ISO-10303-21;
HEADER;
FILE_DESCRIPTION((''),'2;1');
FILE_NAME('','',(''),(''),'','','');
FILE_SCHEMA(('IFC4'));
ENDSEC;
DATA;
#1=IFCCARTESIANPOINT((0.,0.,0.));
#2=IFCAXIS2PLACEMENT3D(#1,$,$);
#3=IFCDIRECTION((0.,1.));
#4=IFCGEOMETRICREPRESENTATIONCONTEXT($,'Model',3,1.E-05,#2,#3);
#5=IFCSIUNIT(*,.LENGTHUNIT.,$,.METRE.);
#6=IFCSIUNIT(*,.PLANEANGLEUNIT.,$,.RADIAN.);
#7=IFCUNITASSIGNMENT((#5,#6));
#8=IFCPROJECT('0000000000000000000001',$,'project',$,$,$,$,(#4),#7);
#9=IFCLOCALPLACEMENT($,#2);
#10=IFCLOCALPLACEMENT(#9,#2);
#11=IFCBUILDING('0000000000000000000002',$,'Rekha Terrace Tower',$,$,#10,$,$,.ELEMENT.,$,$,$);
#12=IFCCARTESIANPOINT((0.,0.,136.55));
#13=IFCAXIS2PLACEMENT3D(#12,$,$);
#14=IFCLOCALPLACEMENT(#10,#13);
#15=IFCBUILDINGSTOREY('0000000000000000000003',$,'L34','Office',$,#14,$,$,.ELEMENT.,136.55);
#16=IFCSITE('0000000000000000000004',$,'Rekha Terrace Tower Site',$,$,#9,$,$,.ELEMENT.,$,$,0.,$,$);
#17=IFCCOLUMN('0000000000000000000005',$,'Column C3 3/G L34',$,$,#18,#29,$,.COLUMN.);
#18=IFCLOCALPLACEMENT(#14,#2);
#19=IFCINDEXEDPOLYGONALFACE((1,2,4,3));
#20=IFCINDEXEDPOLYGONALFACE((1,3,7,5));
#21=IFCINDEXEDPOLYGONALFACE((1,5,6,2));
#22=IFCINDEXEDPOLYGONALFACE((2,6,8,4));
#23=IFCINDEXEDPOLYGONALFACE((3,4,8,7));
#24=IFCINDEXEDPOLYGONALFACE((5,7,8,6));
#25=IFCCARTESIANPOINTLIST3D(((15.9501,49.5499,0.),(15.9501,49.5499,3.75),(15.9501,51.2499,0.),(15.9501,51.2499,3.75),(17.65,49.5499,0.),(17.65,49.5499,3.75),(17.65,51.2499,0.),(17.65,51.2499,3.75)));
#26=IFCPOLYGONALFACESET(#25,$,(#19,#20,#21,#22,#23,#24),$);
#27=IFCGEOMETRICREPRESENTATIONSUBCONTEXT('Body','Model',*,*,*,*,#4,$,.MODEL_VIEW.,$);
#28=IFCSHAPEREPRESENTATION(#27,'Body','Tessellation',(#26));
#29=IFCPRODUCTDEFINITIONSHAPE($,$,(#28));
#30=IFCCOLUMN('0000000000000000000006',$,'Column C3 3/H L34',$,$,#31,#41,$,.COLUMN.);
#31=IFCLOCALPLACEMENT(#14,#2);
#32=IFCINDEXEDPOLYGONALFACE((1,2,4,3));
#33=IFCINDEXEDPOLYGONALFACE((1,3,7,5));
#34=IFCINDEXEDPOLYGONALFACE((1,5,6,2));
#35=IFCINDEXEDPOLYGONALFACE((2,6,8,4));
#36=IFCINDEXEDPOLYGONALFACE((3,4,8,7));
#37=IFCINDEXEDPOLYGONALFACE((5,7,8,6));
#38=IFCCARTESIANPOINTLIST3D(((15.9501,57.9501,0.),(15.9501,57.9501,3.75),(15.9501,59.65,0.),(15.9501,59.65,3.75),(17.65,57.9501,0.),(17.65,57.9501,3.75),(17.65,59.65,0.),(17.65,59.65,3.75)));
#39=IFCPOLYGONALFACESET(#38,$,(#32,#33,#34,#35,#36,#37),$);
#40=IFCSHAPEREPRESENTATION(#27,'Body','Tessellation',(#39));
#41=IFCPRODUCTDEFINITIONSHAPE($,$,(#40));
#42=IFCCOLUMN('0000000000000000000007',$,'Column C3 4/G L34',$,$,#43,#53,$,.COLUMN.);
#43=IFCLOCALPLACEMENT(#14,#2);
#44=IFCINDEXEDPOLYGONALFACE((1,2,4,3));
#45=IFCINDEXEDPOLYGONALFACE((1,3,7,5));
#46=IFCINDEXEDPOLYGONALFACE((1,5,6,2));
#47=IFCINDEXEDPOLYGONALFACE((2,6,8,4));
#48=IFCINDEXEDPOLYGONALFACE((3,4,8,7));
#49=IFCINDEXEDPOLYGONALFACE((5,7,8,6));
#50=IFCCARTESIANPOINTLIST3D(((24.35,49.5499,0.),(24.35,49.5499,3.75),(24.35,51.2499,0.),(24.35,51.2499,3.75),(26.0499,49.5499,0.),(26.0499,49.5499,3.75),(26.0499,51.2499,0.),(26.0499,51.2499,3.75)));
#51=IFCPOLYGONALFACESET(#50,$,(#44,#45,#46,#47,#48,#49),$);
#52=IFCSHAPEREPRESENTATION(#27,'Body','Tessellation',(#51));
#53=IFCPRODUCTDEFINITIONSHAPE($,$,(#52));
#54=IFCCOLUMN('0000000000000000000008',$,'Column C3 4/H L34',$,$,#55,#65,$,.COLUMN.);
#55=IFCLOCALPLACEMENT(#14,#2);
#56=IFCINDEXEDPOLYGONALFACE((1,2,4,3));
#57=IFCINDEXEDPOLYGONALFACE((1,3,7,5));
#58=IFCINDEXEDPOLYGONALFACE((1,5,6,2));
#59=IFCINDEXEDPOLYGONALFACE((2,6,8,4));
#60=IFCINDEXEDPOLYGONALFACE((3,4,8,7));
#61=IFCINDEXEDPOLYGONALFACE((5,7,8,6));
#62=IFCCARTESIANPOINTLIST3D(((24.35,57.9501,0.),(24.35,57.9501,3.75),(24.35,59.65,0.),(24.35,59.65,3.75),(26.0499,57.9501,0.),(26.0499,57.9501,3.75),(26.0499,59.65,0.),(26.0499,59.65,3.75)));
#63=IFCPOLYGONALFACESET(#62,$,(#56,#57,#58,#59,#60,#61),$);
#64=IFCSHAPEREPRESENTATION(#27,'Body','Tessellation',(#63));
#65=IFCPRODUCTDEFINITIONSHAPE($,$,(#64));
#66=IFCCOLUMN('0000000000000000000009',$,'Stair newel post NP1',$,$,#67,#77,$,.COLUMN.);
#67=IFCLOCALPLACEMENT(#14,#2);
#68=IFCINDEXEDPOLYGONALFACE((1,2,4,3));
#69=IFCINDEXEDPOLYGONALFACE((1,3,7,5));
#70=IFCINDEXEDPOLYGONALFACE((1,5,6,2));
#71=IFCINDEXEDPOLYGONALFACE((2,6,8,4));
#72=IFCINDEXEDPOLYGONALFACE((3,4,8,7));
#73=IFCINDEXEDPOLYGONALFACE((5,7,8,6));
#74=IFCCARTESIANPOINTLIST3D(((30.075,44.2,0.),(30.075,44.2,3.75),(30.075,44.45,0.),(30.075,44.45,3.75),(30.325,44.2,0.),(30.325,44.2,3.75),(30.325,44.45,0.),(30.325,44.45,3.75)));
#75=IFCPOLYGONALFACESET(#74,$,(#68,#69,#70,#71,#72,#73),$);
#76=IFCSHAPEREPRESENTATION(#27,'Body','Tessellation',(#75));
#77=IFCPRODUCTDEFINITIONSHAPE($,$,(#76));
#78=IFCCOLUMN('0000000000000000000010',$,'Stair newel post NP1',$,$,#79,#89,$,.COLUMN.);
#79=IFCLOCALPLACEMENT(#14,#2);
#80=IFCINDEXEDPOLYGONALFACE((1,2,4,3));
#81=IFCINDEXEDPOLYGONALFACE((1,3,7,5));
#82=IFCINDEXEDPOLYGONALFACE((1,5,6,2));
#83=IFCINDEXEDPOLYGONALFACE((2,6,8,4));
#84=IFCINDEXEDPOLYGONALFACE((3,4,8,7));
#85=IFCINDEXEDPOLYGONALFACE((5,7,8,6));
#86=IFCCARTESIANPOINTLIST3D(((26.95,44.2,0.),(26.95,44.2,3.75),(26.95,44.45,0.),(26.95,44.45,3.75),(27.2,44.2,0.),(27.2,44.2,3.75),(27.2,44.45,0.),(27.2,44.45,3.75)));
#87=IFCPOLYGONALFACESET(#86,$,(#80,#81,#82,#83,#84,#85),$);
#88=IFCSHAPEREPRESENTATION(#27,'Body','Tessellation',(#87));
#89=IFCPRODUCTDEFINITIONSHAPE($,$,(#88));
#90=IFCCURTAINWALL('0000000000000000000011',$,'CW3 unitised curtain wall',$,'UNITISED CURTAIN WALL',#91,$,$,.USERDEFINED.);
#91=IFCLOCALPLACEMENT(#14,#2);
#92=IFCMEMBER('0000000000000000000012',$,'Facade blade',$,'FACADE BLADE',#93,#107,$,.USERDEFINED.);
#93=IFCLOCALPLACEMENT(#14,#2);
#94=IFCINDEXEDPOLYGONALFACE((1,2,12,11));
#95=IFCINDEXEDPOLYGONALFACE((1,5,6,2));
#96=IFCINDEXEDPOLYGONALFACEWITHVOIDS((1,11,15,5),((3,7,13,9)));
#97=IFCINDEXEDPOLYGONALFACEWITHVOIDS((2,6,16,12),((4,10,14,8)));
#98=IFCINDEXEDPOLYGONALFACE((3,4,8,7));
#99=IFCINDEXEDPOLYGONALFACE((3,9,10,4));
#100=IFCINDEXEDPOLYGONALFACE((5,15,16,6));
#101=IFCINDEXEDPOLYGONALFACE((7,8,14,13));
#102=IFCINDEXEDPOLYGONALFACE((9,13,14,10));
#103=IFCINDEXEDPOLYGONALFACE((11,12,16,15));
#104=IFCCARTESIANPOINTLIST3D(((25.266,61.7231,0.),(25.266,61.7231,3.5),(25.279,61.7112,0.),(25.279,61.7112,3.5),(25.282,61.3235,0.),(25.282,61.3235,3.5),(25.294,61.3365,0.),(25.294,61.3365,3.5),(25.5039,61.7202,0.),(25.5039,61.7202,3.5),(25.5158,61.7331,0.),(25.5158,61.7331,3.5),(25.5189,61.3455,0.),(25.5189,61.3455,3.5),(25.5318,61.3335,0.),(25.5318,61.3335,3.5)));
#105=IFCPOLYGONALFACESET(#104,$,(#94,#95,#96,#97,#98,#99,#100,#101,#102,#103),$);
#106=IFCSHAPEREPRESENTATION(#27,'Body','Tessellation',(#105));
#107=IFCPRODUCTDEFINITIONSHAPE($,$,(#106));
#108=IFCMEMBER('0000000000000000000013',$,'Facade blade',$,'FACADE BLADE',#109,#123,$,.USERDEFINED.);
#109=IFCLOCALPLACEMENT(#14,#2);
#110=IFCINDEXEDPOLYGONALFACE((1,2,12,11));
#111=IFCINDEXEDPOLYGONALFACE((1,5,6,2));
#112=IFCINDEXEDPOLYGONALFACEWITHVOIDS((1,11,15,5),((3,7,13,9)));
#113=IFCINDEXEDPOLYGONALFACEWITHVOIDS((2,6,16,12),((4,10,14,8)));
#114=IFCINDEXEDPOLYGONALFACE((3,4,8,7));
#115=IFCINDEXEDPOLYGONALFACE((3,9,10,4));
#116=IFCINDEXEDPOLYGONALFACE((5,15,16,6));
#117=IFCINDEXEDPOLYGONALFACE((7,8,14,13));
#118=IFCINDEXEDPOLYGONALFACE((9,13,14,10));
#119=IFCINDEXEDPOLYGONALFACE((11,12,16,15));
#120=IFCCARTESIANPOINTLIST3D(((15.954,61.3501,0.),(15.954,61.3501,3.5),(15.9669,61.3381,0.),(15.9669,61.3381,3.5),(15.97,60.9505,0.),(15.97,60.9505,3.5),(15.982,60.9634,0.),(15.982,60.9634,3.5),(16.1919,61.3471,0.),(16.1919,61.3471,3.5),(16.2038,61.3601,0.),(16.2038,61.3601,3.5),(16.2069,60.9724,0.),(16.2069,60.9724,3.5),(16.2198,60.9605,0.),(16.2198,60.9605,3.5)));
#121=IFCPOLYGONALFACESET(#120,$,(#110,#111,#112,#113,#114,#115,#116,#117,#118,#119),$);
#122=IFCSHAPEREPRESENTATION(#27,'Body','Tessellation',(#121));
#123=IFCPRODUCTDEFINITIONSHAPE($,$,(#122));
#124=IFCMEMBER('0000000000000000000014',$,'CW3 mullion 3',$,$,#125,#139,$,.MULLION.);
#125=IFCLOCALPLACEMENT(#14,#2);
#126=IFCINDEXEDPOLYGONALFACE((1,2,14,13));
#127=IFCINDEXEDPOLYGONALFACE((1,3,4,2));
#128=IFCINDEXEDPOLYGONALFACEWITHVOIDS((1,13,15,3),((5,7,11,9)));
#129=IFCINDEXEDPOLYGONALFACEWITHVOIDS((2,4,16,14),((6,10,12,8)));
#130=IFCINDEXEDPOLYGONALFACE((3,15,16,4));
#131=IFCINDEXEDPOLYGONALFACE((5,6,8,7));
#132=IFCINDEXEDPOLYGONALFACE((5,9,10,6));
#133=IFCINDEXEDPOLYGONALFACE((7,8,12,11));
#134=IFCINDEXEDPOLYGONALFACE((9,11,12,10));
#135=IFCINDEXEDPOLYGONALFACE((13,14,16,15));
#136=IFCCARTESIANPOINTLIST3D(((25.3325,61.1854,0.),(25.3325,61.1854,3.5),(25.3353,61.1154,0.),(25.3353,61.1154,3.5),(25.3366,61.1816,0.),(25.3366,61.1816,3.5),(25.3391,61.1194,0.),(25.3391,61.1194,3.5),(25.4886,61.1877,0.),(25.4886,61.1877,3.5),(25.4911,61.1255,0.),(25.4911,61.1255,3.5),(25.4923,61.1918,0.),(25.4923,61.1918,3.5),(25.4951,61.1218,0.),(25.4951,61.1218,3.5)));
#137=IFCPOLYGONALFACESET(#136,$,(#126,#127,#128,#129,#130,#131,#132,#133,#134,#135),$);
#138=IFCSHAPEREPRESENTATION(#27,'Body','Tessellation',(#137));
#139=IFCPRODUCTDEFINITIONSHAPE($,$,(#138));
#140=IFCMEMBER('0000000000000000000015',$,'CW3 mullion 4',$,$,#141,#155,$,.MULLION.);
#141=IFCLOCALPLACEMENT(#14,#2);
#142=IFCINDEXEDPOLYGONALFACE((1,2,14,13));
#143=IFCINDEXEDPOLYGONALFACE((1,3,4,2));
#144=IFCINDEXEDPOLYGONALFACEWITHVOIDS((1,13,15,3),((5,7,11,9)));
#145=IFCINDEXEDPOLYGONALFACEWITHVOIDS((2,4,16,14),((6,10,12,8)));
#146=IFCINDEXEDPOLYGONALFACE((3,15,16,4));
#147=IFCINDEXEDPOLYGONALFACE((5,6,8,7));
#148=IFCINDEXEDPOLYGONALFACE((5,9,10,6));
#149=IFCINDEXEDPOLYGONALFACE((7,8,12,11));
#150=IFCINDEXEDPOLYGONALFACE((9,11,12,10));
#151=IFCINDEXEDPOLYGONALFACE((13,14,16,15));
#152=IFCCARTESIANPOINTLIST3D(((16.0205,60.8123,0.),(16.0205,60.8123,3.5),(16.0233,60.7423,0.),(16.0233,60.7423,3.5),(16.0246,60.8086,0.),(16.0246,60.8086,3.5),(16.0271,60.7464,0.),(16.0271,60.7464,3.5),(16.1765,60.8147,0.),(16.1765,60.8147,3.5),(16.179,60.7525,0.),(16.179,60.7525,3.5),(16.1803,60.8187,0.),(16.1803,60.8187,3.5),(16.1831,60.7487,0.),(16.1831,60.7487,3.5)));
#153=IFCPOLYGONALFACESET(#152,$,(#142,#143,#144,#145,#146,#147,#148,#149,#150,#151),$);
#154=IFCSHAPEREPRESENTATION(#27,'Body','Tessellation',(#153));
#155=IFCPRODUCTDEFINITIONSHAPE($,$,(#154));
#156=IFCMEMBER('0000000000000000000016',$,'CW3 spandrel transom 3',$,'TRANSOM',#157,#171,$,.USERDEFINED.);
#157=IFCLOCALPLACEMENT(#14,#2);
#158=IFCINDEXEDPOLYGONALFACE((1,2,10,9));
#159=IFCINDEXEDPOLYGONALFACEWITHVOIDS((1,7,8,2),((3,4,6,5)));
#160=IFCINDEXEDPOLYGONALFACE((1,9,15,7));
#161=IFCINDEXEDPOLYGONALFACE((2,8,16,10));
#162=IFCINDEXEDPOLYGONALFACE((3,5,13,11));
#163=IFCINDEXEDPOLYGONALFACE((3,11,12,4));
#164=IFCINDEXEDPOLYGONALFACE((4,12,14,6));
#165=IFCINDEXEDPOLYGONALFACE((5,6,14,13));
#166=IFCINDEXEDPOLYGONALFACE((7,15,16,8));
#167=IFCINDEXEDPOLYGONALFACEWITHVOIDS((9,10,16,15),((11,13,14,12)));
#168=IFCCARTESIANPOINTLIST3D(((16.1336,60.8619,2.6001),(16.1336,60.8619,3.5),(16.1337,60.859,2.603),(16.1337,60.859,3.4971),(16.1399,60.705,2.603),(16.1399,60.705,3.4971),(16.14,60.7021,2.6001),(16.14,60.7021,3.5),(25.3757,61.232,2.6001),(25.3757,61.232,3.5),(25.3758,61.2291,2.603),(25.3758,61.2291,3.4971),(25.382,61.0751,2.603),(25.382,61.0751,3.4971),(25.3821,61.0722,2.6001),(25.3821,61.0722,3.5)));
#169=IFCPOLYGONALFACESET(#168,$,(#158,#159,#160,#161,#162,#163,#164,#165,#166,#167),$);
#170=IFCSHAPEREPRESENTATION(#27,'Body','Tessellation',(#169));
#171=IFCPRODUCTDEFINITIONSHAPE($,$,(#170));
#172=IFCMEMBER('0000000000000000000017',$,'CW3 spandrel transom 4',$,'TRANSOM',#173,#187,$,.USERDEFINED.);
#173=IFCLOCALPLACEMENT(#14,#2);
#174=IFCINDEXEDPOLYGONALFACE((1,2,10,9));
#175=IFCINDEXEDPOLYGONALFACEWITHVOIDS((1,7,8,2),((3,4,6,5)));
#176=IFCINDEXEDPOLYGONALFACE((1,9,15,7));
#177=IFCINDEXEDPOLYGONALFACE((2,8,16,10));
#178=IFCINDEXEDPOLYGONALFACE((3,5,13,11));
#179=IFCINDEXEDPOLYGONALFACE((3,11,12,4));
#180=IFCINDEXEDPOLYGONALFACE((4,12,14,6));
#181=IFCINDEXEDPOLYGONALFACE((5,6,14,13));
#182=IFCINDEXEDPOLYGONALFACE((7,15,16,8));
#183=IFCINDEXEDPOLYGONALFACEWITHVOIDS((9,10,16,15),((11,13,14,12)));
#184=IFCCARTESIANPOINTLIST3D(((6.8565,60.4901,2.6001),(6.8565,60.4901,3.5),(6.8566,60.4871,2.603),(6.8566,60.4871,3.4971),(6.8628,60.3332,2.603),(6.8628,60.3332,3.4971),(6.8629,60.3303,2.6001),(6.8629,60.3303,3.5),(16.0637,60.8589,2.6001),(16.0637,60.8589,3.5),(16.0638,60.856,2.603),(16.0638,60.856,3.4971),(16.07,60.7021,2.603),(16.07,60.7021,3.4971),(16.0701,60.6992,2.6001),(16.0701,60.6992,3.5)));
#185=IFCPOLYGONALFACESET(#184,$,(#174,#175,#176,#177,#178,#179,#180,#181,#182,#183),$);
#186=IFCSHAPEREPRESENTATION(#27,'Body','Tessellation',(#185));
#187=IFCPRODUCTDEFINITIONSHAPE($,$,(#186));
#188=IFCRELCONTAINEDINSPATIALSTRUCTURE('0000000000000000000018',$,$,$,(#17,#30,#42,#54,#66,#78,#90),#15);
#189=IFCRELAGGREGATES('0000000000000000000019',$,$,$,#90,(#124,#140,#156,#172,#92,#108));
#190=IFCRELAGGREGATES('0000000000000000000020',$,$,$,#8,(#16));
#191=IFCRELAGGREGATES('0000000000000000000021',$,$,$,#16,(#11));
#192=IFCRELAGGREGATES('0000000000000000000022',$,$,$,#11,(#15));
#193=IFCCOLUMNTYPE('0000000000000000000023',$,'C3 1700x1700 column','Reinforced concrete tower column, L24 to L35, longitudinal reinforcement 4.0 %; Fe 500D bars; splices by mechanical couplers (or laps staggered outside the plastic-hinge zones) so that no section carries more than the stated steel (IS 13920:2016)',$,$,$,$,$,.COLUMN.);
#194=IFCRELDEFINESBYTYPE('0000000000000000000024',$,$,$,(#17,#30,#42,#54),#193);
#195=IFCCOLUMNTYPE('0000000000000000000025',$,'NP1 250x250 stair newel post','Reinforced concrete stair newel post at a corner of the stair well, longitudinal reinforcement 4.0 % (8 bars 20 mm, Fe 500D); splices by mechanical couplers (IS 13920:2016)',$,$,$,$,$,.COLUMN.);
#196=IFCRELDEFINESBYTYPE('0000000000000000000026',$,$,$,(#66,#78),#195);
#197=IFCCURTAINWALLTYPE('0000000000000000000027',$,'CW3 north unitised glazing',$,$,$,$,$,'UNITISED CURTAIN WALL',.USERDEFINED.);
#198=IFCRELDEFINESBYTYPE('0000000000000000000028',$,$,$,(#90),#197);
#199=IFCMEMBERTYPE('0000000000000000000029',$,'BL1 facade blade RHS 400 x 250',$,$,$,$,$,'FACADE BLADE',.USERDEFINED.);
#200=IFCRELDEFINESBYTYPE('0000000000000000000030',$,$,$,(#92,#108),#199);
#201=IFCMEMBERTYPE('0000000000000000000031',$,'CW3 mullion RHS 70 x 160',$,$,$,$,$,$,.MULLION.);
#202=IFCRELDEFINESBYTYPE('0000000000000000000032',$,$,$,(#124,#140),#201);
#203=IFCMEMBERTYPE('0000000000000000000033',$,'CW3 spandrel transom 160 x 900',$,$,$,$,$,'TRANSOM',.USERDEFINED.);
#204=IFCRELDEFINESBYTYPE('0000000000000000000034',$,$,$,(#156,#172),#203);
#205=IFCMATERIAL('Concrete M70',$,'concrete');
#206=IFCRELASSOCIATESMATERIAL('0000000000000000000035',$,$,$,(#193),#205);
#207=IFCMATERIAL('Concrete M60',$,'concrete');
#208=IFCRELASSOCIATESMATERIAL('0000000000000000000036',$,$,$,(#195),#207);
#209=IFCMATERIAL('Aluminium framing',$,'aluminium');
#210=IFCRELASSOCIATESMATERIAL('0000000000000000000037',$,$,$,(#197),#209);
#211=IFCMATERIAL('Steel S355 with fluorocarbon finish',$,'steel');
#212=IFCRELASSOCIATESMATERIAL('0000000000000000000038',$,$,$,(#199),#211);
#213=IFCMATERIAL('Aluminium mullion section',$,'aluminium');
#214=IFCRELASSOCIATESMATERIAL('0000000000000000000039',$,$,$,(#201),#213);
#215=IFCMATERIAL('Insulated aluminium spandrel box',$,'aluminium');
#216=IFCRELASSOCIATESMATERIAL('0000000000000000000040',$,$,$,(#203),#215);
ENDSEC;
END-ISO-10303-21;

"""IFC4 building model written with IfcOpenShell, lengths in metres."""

from ifc_helpers import new_model, si_unit, direction, frame, origin, origin_2d, place, context, subcontext, project, spatial, rectangle, hollow_rectangle, extrude, material, material_profile, profile_set, type_object, element, aggregate, save


model = new_model("IFC4")

# Units and contexts
model_context = context("Model", 3, precision=1e-05, world=origin(), true_north=direction((0.0, 1.0)))
body_context = subcontext(model_context, "Body", "Model", "MODEL_VIEW")
ifc_project = project(units=[si_unit("LENGTHUNIT", "METRE"), si_unit("PLANEANGLEUNIT", "RADIAN")], contexts=[model_context])

# Site, building, storey
site_placement = place(None, origin())
site = spatial("IfcSite", under=ifc_project, at=site_placement, Name="Rekha Terrace Tower Site", CompositionType="ELEMENT", RefElevation=0.0)
building_placement = place(site_placement, origin())
building = spatial("IfcBuilding", under=site, at=building_placement, Name="Rekha Terrace Tower", CompositionType="ELEMENT")
storey_placement = place(building_placement, frame((0.0, 0.0, 136.55)))
storey = spatial("IfcBuildingStorey", under=building, at=storey_placement, Name="L34", Description="Office", CompositionType="ELEMENT", Elevation=136.55)

# Columns
ifc_material_1 = material(Name="Concrete M70", Category="concrete")
ifc_material_profile_1 = material_profile(ifc_material_1, rectangle(XDim=1.7, YDim=1.7, at=origin_2d()), Name="RC 1700x1700")
ifc_profile_set_1 = profile_set([ifc_material_profile_1], Name="Concrete M70")
column_type_1 = type_object("IfcColumnType", Name="C3 1700x1700 column", Description="Reinforced concrete tower column, L24 to L35, longitudinal reinforcement 4.0 %; Fe 500D bars; splices by mechanical couplers (or laps staggered outside the plastic-hinge zones) so that no section carries more than the stated steel (IS 13920:2016)", PredefinedType="COLUMN", material=ifc_profile_set_1)
for number, where, z_axis, x_axis, name in (
    (1, (16.8, 50.3999, 0.0), (0.0, 0.0, 1.0), (1.0, 0.0, 0.0), "Column C3 3/G L34"),
    (2, (16.8, 58.8, 0.0), (0.0, 0.0, 1.0), (1.0, 0.0, 0.0), "Column C3 3/H L34"),
    (3, (25.2, 50.3999, 0.0), (0.0, 0.0, 1.0), (1.0, 0.0, 0.0), "Column C3 4/G L34"),
    (4, (25.2, 58.8, 0.0), (0.0, 0.0, 1.0), (1.0, 0.0, 0.0), "Column C3 4/H L34"),
):
    element("IfcColumn", number, at=place(storey_placement, frame(where, z_axis=z_axis, x_axis=x_axis)), inside=storey, type_object=column_type_1, Name=name, PredefinedType="COLUMN", context=body_context, shape_type="SweptSolid", body=[
        extrude(rectangle(XDim=1.7, YDim=1.7, at=origin_2d()), origin(), (0.0, 0.0, 1.0), 3.75),
    ])
ifc_material_2 = material(Name="Concrete M60", Category="concrete")
ifc_material_profile_2 = material_profile(ifc_material_2, rectangle(XDim=0.25, YDim=0.25, at=origin_2d()), Name="RC 250x250")
ifc_profile_set_2 = profile_set([ifc_material_profile_2], Name="Concrete M60")
column_type_2 = type_object("IfcColumnType", Name="NP1 250x250 stair newel post", Description="Reinforced concrete stair newel post at a corner of the stair well, longitudinal reinforcement 4.0 % (8 bars 20 mm, Fe 500D); splices by mechanical couplers (IS 13920:2016)", PredefinedType="COLUMN", material=ifc_profile_set_2)
for number, where, z_axis, x_axis, name in (
    (5, (30.2, 44.325, 0.0), (0.0, 0.0, 1.0), (1.0, 0.0, 0.0), "Stair newel post NP1"),
    (6, (27.075, 44.325, 0.0), (0.0, 0.0, 1.0), (1.0, 0.0, 0.0), "Stair newel post NP1"),
):
    element("IfcColumn", number, at=place(storey_placement, frame(where, z_axis=z_axis, x_axis=x_axis)), inside=storey, type_object=column_type_2, Name=name, PredefinedType="COLUMN", context=body_context, shape_type="SweptSolid", body=[
        extrude(rectangle(XDim=0.25, YDim=0.25, at=origin_2d()), origin(), (0.0, 0.0, 1.0), 3.75),
    ])

# Curtain wall, members
ifc_material_3 = material(Name="Aluminium framing", Category="aluminium")
curtain_wall_type = type_object("IfcCurtainWallType", Name="CW3 north unitised glazing", ElementType="UNITISED CURTAIN WALL", PredefinedType="USERDEFINED", material=ifc_material_3)
curtain_wall_placement = place(storey_placement, origin())
curtain_wall = element("IfcCurtainWall", 7, at=curtain_wall_placement, inside=storey, type_object=curtain_wall_type, Name="CW3 unitised curtain wall", ObjectType="UNITISED CURTAIN WALL", PredefinedType="USERDEFINED")
ifc_material_4 = material(Name="Steel S355 with fluorocarbon finish", Category="steel")
ifc_material_profile_3 = material_profile(ifc_material_4, hollow_rectangle(XDim=0.25, YDim=0.3999, WallThickness=0.0125, at=origin_2d()), Name="RHS400x250x12.5")
ifc_profile_set_3 = profile_set([ifc_material_profile_3], Name="Steel S355 with fluorocarbon finish")
member_type_1 = type_object("IfcMemberType", Name="BL1 facade blade RHS 400 x 250", ElementType="FACADE BLADE", PredefinedType="USERDEFINED", material=ifc_profile_set_3)
member_1_placement = place(storey_placement, frame((25.3989, 61.5283, 0.0), z_axis=(0.0, 0.0, 1.0), x_axis=(-0.999198, -0.040032, 0.0)))
member_1 = element("IfcMember", 8, at=member_1_placement, type_object=member_type_1, Name="Facade blade", ObjectType="FACADE BLADE", PredefinedType="USERDEFINED", context=body_context, shape_type="SweptSolid", body=[
    extrude(hollow_rectangle(XDim=0.25, YDim=0.3999, WallThickness=0.0125, at=origin_2d()), origin(), (0.0, 0.0, 1.0), 3.5),
])
member_2_placement = place(storey_placement, frame((16.0869, 61.1553, 0.0), z_axis=(0.0, 0.0, 1.0), x_axis=(-0.999198, -0.040032, 0.0)))
member_2 = element("IfcMember", 9, at=member_2_placement, type_object=member_type_1, Name="Facade blade", ObjectType="FACADE BLADE", PredefinedType="USERDEFINED", context=body_context, shape_type="SweptSolid", body=[
    extrude(hollow_rectangle(XDim=0.25, YDim=0.3999, WallThickness=0.0125, at=origin_2d()), origin(), (0.0, 0.0, 1.0), 3.5),
])
ifc_material_5 = material(Name="Aluminium mullion section", Category="aluminium")
ifc_material_profile_4 = material_profile(ifc_material_5, hollow_rectangle(XDim=0.0701, YDim=0.1599, WallThickness=0.0039, at=origin_2d()), Name="AL RHS 70x160")
ifc_profile_set_4 = profile_set([ifc_material_profile_4], Name="Aluminium mullion section")
member_type_2 = type_object("IfcMemberType", Name="CW3 mullion RHS 70 x 160", PredefinedType="MULLION", material=ifc_profile_set_4)
member_3_placement = place(storey_placement, frame((25.4138, 61.1536, 0.0), z_axis=(0.0, 0.0, 1.0), x_axis=(0.040032, -0.999198, 0.0)))
member_3 = element("IfcMember", 10, at=member_3_placement, type_object=member_type_2, Name="CW3 mullion 3", PredefinedType="MULLION", context=body_context, shape_type="SweptSolid", body=[
    extrude(hollow_rectangle(XDim=0.0701, YDim=0.1599, WallThickness=0.0039, at=origin_2d()), origin(), (0.0, 0.0, 1.0), 3.5),
])
member_4_placement = place(storey_placement, frame((16.1018, 60.7805, 0.0), z_axis=(0.0, 0.0, 1.0), x_axis=(0.040032, -0.999198, 0.0)))
member_4 = element("IfcMember", 11, at=member_4_placement, type_object=member_type_2, Name="CW3 mullion 4", PredefinedType="MULLION", context=body_context, shape_type="SweptSolid", body=[
    extrude(hollow_rectangle(XDim=0.0701, YDim=0.1599, WallThickness=0.0039, at=origin_2d()), origin(), (0.0, 0.0, 1.0), 3.5),
])
ifc_material_6 = material(Name="Insulated aluminium spandrel box", Category="aluminium")
ifc_material_profile_5 = material_profile(ifc_material_6, hollow_rectangle(XDim=0.1599, YDim=0.8999, WallThickness=0.0029, at=origin_2d()), Name="AL SPANDREL BOX 160x900")
ifc_profile_set_5 = profile_set([ifc_material_profile_5], Name="Insulated aluminium spandrel box")
member_type_3 = type_object("IfcMemberType", Name="CW3 spandrel transom 160 x 900", ElementType="TRANSOM", PredefinedType="USERDEFINED", material=ifc_profile_set_5)
member_5_placement = place(storey_placement, frame((25.3789, 61.1521, 3.05), z_axis=(-0.999199, -0.040014, 0.0), x_axis=(0.040014, -0.999199, 0.0)))
member_5 = element("IfcMember", 12, at=member_5_placement, type_object=member_type_3, Name="CW3 spandrel transom 3", ObjectType="TRANSOM", PredefinedType="USERDEFINED", context=body_context, shape_type="SweptSolid", body=[
    extrude(hollow_rectangle(XDim=0.1599, YDim=0.8999, WallThickness=0.0029, at=origin_2d()), origin(), (0.0, 0.0, 1.0), 9.2495),
])
member_6_placement = place(storey_placement, frame((16.0669, 60.7791, 3.05), z_axis=(-0.999198, -0.040034, 0.0), x_axis=(0.040034, -0.999198, 0.0)))
member_6 = element("IfcMember", 13, at=member_6_placement, type_object=member_type_3, Name="CW3 spandrel transom 4", ObjectType="TRANSOM", PredefinedType="USERDEFINED", context=body_context, shape_type="SweptSolid", body=[
    extrude(hollow_rectangle(XDim=0.1599, YDim=0.8999, WallThickness=0.0029, at=origin_2d()), origin(), (0.0, 0.0, 1.0), 9.2146),
])
aggregate(curtain_wall, [member_3, member_4, member_5, member_6, member_1, member_2])

save(model, "model.ifc")
